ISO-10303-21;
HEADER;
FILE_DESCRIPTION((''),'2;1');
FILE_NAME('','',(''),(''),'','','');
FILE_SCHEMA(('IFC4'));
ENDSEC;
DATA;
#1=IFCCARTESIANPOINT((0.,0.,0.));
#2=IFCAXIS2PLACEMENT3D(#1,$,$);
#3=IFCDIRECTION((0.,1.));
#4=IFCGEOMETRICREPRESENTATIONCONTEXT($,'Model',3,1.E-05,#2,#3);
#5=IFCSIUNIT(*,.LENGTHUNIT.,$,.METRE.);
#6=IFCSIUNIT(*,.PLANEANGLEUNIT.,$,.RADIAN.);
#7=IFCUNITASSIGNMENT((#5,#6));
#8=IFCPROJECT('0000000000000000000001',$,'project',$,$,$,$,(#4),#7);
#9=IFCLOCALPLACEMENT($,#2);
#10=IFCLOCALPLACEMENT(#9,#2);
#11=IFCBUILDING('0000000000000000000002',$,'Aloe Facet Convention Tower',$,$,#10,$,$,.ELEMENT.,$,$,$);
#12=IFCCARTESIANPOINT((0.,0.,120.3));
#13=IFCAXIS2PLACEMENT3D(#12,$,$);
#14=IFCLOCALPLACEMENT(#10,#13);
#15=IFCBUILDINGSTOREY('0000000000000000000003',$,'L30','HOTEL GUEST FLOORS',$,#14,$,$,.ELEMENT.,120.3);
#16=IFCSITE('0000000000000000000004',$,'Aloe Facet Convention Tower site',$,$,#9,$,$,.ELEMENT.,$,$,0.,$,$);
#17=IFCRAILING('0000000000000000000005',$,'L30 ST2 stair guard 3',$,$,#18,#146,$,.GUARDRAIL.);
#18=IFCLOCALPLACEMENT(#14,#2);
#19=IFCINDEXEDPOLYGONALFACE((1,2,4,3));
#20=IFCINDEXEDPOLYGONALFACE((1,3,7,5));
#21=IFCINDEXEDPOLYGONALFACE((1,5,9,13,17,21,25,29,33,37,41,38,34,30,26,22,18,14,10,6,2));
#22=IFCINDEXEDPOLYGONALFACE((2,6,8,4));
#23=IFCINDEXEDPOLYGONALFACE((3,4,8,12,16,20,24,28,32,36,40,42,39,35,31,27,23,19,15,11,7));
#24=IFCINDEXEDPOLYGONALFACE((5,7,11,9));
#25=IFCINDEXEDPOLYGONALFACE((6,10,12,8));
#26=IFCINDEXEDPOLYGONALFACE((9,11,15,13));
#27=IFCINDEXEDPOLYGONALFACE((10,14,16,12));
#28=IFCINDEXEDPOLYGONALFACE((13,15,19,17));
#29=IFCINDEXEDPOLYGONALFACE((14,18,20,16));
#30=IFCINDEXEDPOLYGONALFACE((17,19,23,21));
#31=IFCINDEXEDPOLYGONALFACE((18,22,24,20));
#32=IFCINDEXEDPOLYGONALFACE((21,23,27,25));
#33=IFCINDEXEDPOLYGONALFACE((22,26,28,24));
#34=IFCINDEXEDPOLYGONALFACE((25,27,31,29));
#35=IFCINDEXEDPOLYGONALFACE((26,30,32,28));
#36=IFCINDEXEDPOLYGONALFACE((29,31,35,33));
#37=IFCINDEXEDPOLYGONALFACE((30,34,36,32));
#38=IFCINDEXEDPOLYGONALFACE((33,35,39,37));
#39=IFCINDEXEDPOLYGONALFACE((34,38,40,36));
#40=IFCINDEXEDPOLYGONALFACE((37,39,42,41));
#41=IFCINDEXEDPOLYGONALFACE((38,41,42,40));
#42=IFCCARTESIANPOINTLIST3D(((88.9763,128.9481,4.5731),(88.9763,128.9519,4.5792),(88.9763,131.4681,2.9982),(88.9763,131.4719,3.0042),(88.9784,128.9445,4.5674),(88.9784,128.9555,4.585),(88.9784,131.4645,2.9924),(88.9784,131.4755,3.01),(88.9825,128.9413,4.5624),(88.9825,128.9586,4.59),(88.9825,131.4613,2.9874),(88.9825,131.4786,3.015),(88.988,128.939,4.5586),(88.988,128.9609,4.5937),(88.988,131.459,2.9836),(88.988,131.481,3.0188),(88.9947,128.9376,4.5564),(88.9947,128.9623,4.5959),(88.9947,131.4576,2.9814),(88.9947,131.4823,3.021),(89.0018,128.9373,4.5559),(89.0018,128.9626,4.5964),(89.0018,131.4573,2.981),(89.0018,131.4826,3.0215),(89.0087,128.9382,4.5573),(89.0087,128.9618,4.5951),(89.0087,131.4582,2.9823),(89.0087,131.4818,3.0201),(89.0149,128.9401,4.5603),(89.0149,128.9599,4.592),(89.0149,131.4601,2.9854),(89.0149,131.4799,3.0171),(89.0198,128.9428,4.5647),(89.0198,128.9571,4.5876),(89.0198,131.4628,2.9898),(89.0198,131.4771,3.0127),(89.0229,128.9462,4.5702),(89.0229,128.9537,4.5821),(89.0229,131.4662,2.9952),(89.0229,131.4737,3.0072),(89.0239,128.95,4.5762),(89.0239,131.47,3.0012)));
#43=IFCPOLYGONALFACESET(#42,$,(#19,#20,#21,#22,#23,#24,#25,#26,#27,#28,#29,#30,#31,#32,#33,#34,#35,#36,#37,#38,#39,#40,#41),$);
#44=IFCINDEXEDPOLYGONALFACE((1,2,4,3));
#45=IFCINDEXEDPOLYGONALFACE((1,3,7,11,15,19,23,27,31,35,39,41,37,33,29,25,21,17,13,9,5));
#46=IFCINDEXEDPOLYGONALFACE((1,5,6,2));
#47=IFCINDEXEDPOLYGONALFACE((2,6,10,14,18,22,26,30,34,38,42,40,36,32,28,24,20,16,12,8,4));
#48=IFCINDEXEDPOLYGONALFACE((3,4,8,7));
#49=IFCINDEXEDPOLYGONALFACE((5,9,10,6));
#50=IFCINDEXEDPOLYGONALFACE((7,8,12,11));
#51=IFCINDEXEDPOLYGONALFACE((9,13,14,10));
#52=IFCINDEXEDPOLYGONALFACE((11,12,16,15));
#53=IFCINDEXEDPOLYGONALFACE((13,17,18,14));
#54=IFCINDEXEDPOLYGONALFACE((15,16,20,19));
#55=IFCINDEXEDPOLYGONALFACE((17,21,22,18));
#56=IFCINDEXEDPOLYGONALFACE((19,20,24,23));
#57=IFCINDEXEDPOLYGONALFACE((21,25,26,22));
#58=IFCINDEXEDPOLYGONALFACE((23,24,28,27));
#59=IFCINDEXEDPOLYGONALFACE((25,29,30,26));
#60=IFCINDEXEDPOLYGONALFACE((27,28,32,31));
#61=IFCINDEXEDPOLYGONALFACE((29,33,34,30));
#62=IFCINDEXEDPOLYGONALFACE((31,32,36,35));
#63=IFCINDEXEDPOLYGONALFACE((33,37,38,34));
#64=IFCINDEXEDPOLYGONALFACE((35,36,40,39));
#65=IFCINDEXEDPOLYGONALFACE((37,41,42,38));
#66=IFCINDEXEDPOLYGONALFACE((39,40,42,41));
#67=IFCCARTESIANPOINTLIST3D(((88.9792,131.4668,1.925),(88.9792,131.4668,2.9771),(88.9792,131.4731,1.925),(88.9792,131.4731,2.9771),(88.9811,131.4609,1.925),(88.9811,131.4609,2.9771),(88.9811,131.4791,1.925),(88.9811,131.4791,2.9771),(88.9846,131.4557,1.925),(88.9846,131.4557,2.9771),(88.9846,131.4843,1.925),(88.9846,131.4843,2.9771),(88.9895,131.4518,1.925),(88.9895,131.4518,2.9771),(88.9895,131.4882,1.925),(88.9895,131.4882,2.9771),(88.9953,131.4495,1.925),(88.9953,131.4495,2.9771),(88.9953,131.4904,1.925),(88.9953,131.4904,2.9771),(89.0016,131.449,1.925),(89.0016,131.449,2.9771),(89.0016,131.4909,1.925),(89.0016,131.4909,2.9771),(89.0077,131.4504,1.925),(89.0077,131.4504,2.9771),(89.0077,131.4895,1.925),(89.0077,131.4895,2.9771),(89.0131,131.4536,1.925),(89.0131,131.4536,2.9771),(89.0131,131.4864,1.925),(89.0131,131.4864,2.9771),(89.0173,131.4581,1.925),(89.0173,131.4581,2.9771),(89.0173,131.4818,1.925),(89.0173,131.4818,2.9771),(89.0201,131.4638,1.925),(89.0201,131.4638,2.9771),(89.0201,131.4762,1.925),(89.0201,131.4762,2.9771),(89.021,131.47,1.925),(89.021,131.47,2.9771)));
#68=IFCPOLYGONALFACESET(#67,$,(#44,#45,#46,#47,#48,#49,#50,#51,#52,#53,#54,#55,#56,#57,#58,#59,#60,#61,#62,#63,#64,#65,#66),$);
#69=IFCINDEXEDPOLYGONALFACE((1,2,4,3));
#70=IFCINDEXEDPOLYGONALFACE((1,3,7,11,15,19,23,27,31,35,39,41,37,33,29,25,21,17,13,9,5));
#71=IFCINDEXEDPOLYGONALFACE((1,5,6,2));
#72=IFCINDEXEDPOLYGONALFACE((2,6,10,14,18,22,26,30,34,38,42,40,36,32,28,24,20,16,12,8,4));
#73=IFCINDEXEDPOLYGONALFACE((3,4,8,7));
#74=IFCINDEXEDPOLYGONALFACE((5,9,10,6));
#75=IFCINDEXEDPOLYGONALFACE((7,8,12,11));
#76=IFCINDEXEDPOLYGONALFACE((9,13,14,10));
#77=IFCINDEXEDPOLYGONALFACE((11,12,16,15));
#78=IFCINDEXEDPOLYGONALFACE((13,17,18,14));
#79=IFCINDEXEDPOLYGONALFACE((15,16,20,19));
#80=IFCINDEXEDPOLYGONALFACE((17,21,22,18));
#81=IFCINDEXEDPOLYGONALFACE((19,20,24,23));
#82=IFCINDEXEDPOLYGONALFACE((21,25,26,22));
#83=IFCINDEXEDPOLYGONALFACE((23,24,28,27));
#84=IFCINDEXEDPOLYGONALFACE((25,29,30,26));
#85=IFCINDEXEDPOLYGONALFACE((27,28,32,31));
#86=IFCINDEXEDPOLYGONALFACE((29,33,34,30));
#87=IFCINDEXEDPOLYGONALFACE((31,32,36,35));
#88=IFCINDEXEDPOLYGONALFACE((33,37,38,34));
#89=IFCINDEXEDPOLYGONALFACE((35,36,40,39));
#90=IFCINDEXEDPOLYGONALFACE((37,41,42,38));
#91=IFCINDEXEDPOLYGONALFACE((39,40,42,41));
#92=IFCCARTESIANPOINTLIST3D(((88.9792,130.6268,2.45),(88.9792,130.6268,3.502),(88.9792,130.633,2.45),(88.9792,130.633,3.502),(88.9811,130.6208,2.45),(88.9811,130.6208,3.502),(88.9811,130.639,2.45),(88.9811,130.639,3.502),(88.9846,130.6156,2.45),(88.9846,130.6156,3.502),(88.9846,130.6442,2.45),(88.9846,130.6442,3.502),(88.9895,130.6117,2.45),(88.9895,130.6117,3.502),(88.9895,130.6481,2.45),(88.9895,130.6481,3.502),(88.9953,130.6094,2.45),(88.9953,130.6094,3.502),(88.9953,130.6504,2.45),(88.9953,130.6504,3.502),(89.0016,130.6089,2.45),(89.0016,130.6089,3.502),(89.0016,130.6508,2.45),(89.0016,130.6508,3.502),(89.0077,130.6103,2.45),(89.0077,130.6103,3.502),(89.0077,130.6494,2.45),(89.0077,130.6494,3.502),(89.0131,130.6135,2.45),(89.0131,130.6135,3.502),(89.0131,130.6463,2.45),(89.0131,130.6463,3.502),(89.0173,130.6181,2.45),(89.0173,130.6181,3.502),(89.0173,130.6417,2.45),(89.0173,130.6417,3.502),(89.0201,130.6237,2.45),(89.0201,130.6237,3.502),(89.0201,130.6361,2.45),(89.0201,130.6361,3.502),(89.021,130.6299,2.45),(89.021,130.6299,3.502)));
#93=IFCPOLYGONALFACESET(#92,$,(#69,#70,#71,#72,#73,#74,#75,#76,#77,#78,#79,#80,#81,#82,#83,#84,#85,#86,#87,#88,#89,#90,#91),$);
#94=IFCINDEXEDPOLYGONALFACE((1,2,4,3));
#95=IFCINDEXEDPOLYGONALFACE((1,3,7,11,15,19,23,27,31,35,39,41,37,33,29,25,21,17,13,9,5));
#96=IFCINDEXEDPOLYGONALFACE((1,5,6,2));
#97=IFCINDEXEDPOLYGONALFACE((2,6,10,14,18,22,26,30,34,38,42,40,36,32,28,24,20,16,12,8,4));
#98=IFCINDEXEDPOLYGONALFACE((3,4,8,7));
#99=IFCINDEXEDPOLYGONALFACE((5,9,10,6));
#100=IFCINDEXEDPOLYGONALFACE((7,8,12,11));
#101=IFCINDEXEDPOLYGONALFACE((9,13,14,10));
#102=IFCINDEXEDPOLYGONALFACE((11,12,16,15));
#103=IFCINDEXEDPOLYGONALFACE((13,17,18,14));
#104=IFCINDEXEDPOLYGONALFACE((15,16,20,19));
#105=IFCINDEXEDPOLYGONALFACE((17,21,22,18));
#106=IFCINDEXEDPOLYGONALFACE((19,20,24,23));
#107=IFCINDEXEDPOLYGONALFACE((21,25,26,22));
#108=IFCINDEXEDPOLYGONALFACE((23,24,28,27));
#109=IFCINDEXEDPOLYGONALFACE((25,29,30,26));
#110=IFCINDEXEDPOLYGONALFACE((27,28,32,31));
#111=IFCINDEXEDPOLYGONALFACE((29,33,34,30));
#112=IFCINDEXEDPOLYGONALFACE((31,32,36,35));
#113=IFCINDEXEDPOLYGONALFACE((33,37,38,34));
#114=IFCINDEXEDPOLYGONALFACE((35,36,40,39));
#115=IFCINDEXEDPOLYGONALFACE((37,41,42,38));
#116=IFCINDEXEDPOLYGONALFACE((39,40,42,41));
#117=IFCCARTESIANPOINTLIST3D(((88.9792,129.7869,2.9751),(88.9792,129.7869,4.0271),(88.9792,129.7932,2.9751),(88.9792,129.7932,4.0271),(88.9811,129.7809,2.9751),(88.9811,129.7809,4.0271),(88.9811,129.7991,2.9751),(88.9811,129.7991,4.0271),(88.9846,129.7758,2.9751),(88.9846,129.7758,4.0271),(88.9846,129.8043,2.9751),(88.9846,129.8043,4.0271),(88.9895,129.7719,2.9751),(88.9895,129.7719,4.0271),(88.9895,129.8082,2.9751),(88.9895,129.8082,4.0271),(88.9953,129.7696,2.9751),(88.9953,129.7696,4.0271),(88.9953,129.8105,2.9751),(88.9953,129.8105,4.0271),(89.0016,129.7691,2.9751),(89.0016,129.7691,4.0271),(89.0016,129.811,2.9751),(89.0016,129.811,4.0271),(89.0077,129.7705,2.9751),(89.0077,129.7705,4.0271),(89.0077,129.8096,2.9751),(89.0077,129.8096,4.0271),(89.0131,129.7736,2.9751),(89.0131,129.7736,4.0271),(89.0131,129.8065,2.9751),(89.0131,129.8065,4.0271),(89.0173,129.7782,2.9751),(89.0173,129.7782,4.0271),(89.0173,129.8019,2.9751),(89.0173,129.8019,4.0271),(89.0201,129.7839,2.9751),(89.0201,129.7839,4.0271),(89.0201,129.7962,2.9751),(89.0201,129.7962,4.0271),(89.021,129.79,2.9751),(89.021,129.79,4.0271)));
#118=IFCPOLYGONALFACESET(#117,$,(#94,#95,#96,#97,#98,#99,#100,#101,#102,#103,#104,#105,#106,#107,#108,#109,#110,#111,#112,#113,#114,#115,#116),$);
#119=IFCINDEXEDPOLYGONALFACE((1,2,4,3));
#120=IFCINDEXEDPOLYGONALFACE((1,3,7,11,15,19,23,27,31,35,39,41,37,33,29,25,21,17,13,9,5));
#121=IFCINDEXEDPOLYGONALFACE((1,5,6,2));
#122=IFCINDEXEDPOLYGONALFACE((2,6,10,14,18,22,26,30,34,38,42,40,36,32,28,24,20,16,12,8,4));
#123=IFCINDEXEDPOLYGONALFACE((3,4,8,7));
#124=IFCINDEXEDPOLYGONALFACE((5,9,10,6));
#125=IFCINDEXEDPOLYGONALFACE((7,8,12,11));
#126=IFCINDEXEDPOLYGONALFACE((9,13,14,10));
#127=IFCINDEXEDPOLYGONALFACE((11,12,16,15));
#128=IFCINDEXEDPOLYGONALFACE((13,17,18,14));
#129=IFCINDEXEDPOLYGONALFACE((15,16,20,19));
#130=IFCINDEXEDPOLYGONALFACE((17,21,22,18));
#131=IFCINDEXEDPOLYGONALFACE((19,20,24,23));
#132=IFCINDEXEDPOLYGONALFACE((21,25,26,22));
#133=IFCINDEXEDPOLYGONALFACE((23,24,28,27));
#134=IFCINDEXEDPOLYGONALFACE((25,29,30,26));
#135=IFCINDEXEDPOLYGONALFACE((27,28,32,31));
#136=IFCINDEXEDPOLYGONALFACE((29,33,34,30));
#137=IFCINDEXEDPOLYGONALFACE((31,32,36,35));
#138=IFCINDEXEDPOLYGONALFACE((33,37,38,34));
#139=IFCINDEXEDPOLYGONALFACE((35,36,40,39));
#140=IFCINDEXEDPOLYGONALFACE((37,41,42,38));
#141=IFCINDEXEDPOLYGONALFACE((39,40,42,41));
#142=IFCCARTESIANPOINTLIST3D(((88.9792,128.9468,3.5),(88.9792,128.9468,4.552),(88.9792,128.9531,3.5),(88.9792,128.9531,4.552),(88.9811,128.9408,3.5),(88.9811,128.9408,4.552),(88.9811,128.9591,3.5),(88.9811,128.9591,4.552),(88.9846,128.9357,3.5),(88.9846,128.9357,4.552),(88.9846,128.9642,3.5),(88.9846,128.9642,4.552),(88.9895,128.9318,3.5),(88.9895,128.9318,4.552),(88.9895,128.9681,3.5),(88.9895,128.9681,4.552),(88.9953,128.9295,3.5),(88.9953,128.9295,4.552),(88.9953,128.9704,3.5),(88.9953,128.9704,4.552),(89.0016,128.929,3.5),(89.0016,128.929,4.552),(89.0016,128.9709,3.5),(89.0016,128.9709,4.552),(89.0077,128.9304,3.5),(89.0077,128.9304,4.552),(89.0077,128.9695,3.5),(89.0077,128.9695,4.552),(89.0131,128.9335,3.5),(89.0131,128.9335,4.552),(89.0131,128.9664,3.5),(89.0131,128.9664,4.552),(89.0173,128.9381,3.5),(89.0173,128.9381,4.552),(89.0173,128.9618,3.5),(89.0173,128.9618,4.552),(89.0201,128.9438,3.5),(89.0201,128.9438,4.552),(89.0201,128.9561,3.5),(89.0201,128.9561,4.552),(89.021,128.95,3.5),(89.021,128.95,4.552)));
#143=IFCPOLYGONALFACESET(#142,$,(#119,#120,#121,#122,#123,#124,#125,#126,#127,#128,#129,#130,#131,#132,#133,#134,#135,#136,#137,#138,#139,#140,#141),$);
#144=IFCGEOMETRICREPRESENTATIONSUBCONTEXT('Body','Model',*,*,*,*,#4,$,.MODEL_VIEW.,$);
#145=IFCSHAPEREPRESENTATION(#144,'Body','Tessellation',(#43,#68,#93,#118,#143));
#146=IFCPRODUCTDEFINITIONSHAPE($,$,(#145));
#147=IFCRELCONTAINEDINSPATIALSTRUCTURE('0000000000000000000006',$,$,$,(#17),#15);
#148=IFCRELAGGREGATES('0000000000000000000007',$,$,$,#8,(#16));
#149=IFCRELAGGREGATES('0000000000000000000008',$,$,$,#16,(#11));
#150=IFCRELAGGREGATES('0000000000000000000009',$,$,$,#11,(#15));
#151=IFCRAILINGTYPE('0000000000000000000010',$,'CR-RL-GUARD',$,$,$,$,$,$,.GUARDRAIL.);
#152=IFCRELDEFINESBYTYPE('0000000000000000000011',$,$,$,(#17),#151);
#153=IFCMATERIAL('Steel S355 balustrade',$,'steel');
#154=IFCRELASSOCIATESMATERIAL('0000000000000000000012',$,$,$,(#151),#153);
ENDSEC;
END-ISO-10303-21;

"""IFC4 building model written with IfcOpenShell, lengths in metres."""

from ifc_helpers import new_model, si_unit, direction, frame, origin, origin_2d, place, context, subcontext, project, spatial, circle, extrude, material, type_object, element, save


model = new_model("IFC4")

# Units and contexts
model_context = context("Model", 3, precision=1e-05, world=origin(), true_north=direction((0.0, 1.0)))
body_context = subcontext(model_context, "Body", "Model", "MODEL_VIEW")
ifc_project = project(units=[si_unit("LENGTHUNIT", "METRE"), si_unit("PLANEANGLEUNIT", "RADIAN")], contexts=[model_context])

# Site, building, storey
site_placement = place(None, origin())
site = spatial("IfcSite", under=ifc_project, at=site_placement, Name="Aloe Facet Convention Tower site", CompositionType="ELEMENT", RefElevation=0.0)
building_placement = place(site_placement, origin())
building = spatial("IfcBuilding", under=site, at=building_placement, Name="Aloe Facet Convention Tower", CompositionType="ELEMENT")
storey_placement = place(building_placement, frame((0.0, 0.0, 120.3)))
storey = spatial("IfcBuildingStorey", under=building, at=storey_placement, Name="L30", Description="HOTEL GUEST FLOORS", CompositionType="ELEMENT", Elevation=120.3)

# Railing
ifc_material_1 = material(Name="Steel S355 balustrade", Category="steel")
railing_type_1 = type_object("IfcRailingType", Name="CR-RL-GUARD", PredefinedType="GUARDRAIL", material=ifc_material_1)
railing_1_placement = place(storey_placement, frame((89.0, 131.47, 1.925)))
element("IfcRailing", 1, at=railing_1_placement, inside=storey, type_object=railing_type_1, Name="L30 ST2 stair guard 3", PredefinedType="GUARDRAIL", context=body_context, shape_type="SweptSolid", body=[
    extrude(circle(Radius=0.0239, at=origin_2d()), frame((0.0, 0.0, 1.0762), z_axis=(0.0, -0.848008, 0.529984), x_axis=(1.0, 0.0, 0.0)), (0.0, 0.0, 1.0), 2.9717),
    extrude(circle(Radius=0.021, at=origin_2d()), origin(), (0.0, 0.0, 1.0), 1.052),
    extrude(circle(Radius=0.021, at=origin_2d()), frame((0.0, -0.8401, 0.5249)), (0.0, 0.0, 1.0), 1.052),
    extrude(circle(Radius=0.021, at=origin_2d()), frame((0.0, -1.6799, 1.05)), (0.0, 0.0, 1.0), 1.052),
    extrude(circle(Radius=0.021, at=origin_2d()), frame((0.0, -2.52, 1.575)), (0.0, 0.0, 1.0), 1.052),
])

save(model, "model.ifc")
